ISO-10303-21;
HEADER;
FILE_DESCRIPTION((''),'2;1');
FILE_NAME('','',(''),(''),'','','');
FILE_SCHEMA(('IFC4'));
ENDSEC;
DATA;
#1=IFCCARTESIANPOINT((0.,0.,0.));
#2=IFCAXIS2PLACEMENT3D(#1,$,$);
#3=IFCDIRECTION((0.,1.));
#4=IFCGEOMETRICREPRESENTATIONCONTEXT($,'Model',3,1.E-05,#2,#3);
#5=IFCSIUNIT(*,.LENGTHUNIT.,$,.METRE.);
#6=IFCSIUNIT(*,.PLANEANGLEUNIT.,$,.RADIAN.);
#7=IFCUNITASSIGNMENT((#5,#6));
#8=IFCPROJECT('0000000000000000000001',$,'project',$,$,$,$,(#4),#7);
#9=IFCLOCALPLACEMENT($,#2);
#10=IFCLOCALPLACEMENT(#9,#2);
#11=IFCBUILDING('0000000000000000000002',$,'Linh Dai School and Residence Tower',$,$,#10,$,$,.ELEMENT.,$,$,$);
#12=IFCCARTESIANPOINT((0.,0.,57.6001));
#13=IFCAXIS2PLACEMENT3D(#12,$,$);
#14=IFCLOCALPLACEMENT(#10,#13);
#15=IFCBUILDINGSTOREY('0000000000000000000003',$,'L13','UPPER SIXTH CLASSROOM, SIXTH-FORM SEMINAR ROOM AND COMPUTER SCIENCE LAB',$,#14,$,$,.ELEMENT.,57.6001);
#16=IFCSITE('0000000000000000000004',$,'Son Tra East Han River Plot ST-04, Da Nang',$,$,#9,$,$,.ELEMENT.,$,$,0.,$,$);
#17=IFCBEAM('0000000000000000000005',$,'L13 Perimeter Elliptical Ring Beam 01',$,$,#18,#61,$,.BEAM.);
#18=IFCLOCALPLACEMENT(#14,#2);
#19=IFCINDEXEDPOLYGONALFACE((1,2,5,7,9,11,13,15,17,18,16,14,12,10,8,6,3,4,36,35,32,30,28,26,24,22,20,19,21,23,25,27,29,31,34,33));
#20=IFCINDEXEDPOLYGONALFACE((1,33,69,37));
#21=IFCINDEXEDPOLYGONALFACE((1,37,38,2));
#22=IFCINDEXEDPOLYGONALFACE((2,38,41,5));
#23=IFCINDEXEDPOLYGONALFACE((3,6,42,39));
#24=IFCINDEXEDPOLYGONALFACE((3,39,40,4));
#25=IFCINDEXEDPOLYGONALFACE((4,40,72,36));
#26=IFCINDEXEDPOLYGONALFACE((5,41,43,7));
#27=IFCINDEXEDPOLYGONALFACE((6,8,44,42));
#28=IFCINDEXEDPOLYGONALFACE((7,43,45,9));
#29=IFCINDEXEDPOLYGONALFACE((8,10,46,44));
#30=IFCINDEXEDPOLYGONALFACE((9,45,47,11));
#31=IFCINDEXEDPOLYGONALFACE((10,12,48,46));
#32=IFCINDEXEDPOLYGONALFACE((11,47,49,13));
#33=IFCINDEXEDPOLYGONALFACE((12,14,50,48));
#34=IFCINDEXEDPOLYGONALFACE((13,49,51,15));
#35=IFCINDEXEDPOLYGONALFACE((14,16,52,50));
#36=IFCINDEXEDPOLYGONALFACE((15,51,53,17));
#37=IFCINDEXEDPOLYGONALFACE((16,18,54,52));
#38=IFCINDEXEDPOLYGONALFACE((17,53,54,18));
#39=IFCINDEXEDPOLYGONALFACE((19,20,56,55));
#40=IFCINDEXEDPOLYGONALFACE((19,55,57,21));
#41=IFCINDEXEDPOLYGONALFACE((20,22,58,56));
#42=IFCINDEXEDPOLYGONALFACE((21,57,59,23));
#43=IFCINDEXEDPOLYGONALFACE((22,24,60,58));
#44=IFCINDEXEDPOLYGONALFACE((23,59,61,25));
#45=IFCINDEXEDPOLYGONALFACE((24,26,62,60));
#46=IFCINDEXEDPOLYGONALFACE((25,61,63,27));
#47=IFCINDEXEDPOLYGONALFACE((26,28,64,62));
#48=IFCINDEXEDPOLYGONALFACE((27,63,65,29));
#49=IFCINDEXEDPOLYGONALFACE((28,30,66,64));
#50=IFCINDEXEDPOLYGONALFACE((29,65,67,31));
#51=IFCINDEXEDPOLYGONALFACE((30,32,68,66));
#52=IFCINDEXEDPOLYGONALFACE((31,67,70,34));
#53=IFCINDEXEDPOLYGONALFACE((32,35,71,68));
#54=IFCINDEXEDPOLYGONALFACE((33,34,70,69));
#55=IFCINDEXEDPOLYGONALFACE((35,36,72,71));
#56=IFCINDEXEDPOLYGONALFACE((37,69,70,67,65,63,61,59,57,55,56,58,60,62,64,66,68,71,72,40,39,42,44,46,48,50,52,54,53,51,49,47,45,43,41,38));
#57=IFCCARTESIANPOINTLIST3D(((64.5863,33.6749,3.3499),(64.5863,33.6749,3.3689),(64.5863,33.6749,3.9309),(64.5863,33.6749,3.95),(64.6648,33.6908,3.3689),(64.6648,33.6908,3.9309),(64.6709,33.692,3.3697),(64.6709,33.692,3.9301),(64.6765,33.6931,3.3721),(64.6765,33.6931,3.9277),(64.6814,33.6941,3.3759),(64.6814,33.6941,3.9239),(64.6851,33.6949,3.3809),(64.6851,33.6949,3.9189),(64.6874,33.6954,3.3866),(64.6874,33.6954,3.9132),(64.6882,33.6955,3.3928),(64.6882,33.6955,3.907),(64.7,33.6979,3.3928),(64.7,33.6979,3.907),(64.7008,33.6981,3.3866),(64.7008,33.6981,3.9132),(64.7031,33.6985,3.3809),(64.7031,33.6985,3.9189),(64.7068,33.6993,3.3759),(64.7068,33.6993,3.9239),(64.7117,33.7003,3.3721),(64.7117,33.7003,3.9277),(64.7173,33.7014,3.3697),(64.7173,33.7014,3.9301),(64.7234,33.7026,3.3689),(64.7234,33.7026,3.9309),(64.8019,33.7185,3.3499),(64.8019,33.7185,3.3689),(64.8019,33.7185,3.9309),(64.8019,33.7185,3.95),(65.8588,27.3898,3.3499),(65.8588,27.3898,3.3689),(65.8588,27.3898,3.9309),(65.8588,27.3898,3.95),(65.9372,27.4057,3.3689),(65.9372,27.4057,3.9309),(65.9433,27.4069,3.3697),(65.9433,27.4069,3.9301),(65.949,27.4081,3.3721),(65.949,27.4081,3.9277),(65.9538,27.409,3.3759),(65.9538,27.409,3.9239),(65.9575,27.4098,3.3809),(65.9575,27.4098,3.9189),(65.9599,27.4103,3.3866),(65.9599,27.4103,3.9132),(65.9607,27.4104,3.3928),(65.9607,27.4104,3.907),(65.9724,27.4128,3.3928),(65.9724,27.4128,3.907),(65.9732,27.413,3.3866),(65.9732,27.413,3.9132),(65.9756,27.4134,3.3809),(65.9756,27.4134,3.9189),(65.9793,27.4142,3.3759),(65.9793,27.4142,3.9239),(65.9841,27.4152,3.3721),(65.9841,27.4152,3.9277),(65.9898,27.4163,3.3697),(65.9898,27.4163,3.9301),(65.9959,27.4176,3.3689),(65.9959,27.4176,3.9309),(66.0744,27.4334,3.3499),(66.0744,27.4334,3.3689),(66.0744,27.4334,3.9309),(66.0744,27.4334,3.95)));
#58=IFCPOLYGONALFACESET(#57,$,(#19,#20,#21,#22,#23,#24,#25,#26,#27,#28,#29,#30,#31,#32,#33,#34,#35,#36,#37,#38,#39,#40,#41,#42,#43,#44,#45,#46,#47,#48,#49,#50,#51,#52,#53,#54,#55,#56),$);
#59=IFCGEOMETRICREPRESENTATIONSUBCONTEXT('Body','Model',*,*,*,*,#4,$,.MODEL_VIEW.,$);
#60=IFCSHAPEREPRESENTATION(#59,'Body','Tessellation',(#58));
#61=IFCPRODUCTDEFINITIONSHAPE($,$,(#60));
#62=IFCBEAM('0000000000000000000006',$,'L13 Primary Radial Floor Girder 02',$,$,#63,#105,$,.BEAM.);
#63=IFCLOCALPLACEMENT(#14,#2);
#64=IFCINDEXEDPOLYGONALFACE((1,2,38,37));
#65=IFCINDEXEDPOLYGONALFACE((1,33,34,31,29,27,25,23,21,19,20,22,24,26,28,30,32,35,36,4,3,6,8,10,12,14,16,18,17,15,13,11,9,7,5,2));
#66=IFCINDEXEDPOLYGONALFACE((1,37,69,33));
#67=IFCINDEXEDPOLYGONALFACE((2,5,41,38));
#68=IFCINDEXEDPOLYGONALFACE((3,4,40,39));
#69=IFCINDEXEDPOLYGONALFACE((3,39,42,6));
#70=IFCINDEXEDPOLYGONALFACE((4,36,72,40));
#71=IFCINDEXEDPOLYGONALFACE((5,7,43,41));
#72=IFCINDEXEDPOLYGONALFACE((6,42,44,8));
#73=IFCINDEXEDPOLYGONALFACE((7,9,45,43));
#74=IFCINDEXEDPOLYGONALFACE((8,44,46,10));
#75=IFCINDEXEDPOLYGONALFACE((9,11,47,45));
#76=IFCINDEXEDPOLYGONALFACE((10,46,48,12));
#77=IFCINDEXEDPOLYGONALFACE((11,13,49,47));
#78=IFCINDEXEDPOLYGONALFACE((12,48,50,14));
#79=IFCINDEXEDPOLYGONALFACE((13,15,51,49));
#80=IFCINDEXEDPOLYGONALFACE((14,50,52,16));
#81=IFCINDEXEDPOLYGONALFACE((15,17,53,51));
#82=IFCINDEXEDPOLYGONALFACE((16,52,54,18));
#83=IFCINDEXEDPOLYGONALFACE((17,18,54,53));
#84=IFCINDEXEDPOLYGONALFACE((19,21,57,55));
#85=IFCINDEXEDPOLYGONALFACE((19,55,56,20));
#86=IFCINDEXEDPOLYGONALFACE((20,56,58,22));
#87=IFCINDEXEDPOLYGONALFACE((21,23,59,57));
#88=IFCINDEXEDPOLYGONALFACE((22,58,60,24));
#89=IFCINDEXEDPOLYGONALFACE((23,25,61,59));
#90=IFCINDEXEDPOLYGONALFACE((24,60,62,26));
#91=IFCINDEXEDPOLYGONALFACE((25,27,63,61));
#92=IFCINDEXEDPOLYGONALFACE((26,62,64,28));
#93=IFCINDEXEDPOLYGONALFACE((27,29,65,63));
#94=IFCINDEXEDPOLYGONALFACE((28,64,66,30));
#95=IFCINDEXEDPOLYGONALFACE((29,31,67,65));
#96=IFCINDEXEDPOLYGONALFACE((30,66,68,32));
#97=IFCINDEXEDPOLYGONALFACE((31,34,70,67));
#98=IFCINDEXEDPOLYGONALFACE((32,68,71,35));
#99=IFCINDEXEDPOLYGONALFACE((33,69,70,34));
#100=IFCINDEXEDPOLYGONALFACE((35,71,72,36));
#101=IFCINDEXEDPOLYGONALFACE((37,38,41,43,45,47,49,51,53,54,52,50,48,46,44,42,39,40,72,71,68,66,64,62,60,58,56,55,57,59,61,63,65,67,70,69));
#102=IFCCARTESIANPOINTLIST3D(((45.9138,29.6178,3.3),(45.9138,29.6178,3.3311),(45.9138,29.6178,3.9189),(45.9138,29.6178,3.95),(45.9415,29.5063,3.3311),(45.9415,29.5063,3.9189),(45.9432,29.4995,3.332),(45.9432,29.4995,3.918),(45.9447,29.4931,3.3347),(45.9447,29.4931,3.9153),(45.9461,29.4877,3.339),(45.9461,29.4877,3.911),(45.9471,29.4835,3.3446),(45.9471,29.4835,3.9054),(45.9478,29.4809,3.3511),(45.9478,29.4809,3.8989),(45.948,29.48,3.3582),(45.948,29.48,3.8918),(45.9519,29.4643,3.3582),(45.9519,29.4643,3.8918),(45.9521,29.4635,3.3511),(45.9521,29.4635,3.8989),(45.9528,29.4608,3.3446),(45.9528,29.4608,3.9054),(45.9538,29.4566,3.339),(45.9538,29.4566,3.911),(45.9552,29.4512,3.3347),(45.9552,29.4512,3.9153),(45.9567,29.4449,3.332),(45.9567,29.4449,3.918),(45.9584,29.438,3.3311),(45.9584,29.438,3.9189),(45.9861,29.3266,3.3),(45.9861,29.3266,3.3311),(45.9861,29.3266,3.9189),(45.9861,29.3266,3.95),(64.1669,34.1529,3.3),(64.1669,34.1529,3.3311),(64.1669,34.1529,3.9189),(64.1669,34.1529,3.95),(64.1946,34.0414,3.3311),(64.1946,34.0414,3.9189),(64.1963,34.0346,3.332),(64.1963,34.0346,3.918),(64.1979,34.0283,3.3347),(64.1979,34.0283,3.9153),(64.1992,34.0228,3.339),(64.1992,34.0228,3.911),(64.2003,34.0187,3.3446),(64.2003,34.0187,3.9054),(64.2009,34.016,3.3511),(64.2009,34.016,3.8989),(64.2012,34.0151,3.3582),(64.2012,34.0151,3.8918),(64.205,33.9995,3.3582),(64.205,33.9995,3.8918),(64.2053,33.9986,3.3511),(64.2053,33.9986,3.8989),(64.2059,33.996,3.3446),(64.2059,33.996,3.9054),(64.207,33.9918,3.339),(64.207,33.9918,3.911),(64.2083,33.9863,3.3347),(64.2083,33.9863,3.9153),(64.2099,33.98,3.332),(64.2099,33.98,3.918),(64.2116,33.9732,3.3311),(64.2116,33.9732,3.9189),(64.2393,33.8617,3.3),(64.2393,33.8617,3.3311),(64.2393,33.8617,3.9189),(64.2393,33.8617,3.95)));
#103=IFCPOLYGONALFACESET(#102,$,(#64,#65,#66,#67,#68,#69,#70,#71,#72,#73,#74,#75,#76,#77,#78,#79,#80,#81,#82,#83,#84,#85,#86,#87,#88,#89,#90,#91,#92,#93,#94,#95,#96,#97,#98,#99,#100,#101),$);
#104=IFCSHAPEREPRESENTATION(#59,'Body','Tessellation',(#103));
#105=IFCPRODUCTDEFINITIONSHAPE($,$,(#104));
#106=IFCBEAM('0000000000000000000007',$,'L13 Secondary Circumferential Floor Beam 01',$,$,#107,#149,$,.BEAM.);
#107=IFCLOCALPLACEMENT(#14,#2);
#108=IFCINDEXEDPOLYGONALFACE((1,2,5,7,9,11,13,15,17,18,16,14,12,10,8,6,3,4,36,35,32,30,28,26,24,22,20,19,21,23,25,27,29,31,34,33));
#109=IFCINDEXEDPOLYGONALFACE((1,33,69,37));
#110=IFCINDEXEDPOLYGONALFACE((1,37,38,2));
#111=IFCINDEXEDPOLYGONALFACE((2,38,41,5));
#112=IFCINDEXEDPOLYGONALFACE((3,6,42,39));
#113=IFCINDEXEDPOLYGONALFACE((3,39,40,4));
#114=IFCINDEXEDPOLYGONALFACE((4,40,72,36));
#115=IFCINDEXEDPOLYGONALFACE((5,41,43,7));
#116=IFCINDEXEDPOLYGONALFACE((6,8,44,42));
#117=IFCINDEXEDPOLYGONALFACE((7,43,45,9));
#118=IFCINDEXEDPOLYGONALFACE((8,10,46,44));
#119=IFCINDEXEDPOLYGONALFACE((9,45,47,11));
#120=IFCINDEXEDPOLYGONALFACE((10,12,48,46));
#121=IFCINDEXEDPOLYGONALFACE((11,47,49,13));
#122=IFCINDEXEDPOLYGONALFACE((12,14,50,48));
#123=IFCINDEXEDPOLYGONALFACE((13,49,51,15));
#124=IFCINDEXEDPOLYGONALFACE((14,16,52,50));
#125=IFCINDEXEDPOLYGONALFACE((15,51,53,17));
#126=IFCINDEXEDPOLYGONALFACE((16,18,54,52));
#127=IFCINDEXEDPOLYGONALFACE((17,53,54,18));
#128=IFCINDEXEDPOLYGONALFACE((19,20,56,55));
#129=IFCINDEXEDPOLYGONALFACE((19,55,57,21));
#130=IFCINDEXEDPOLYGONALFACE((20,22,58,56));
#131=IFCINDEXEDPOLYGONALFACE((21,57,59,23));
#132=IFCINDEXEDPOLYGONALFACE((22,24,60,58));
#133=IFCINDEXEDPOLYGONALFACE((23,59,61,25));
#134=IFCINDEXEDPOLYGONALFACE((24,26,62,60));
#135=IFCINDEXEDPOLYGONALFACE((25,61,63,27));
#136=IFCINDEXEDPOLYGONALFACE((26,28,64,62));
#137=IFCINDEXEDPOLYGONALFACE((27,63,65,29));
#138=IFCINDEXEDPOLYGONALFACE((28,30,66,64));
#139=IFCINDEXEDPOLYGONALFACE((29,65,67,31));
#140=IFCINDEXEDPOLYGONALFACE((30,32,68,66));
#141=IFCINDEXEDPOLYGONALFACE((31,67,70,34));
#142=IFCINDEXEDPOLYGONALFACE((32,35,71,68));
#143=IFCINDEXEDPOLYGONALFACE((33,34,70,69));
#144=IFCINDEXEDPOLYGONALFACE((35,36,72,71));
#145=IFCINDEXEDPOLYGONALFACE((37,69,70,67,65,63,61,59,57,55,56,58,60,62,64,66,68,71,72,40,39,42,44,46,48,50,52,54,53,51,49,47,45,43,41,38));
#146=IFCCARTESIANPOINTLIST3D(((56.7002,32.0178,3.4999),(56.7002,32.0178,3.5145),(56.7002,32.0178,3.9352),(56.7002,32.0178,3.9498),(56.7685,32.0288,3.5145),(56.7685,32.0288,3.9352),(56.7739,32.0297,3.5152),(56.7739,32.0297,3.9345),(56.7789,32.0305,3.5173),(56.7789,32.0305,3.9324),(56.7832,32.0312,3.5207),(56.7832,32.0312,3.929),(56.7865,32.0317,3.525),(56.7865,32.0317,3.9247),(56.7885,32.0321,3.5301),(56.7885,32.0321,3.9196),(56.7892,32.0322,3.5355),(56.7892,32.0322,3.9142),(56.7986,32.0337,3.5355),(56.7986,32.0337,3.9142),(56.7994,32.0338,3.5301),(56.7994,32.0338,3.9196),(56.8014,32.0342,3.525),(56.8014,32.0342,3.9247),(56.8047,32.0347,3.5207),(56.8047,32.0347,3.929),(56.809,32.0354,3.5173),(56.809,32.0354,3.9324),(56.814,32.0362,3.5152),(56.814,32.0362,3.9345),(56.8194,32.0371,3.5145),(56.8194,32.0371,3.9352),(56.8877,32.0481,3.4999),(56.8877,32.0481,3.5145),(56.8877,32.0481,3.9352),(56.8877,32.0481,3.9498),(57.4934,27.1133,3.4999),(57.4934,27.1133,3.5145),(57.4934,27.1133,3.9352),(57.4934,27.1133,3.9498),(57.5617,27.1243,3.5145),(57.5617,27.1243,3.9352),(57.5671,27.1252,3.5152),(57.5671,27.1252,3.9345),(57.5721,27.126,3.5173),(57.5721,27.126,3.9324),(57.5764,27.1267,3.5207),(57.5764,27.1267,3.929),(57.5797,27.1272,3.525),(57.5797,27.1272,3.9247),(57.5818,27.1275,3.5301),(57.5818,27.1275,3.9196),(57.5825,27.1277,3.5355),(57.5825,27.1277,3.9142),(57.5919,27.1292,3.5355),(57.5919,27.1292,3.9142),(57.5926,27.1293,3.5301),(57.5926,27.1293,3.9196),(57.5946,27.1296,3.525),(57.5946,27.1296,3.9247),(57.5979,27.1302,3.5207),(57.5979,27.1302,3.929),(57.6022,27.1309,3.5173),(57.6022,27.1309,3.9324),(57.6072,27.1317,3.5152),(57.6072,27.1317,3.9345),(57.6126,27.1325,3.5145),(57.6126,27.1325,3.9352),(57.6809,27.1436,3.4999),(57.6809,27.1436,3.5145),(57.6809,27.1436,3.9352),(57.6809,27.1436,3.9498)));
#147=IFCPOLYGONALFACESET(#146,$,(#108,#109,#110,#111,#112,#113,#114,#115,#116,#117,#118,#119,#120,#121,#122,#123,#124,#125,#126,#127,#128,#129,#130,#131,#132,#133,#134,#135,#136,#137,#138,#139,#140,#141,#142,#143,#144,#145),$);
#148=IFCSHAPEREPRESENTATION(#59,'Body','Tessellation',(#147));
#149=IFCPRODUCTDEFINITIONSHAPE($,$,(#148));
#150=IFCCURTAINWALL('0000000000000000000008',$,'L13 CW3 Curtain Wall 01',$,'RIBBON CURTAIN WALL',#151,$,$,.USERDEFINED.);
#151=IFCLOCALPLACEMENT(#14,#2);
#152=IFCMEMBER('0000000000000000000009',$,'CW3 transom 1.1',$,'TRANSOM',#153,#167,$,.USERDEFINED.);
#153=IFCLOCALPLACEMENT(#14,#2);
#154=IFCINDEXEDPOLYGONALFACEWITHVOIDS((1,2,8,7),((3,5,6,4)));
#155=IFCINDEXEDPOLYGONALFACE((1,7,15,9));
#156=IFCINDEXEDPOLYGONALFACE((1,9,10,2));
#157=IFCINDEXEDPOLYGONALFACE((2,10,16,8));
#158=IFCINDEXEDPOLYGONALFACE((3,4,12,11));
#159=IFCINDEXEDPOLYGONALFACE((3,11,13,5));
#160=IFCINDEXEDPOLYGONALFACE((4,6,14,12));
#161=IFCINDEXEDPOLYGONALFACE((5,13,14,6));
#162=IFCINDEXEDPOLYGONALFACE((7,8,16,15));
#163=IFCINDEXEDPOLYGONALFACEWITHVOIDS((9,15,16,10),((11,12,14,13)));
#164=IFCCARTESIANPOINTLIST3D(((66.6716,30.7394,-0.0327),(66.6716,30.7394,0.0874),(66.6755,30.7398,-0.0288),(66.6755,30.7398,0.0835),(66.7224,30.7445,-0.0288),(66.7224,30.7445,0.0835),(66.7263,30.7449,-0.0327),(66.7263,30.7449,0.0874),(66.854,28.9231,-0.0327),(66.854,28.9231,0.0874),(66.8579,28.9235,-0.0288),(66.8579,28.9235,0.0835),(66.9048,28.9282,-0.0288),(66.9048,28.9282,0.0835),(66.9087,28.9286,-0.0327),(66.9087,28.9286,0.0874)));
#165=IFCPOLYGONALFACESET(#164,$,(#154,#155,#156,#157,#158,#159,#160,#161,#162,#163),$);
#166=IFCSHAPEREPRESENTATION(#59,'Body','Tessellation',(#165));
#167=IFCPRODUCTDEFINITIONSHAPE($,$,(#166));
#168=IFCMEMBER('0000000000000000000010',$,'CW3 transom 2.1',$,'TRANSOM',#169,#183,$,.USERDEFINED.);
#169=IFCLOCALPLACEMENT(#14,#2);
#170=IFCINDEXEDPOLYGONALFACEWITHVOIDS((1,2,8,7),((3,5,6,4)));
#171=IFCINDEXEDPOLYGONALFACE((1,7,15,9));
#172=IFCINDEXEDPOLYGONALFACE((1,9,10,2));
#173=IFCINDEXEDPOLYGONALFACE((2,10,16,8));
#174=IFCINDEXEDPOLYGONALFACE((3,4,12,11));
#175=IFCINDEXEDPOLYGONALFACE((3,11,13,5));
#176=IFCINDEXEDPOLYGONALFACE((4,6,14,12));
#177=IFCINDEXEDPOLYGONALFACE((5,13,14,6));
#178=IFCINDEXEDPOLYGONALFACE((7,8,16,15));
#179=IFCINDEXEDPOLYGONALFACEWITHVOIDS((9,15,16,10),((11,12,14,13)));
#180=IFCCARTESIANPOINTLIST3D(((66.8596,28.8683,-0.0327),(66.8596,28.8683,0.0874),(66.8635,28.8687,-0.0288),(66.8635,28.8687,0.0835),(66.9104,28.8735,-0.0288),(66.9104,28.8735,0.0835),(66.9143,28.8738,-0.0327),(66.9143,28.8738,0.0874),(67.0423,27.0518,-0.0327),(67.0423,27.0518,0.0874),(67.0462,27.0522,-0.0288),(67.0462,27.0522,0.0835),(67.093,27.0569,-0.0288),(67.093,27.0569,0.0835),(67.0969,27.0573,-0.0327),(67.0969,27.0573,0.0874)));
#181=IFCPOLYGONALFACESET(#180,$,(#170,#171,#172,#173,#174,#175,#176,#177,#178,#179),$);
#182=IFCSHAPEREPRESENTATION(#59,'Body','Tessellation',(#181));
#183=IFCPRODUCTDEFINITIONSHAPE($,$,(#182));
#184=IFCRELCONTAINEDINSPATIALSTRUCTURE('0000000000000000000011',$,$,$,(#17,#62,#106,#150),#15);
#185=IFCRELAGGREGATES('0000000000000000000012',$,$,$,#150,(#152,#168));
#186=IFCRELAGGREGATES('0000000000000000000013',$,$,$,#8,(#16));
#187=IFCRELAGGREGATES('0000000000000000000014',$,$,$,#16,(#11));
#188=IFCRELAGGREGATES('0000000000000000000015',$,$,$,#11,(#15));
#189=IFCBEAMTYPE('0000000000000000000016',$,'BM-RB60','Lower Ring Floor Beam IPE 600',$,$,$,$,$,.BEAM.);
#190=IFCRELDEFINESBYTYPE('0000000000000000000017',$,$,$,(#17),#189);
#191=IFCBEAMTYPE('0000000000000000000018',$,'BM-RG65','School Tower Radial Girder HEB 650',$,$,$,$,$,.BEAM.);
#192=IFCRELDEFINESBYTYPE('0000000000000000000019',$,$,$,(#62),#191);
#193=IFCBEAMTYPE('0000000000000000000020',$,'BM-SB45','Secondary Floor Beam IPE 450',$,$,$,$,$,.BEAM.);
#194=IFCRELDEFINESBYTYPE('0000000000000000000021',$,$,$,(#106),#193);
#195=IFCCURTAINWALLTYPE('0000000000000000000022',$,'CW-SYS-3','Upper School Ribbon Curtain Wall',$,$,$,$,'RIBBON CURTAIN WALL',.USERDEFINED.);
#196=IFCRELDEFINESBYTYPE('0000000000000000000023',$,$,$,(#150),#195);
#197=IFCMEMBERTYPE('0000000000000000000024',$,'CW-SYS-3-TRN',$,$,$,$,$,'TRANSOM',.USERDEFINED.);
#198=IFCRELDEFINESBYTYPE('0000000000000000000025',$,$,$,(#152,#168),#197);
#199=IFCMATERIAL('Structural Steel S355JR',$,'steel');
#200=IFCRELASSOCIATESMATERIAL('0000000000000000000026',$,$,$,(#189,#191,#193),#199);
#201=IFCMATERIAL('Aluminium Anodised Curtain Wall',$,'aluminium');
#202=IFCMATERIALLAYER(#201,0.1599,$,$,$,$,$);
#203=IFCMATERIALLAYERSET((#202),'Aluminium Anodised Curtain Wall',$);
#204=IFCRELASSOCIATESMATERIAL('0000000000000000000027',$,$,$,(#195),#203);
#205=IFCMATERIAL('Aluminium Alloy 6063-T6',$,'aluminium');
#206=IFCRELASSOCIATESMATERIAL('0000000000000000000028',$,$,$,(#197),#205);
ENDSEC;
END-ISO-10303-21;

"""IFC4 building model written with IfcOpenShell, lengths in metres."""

from ifc_helpers import new_model, si_unit, direction, frame, origin, origin_2d, place, context, subcontext, project, spatial, hollow_rectangle, i_section, extrude, source, transform, mapped, material, layer, layer_set, material_profile, profile_set, type_object, element, aggregate, save


model = new_model("IFC4")

# Units and contexts
model_context = context("Model", 3, precision=1e-05, world=origin(), true_north=direction((0.0, 1.0)))
body_context = subcontext(model_context, "Body", "Model", "MODEL_VIEW")
ifc_project = project(units=[si_unit("LENGTHUNIT", "METRE"), si_unit("PLANEANGLEUNIT", "RADIAN")], contexts=[model_context])

# Site, building, storey
site_placement = place(None, origin())
site = spatial("IfcSite", under=ifc_project, at=site_placement, Name="Son Tra East Han River Plot ST-04, Da Nang", CompositionType="ELEMENT", RefElevation=0.0)
building_placement = place(site_placement, origin())
building = spatial("IfcBuilding", under=site, at=building_placement, Name="Linh Dai School and Residence Tower", CompositionType="ELEMENT")
storey_placement = place(building_placement, frame((0.0, 0.0, 57.6001)))
storey = spatial("IfcBuildingStorey", under=building, at=storey_placement, Name="L13", Description="UPPER SIXTH CLASSROOM, SIXTH-FORM SEMINAR ROOM AND COMPUTER SCIENCE LAB", CompositionType="ELEMENT", Elevation=57.6001)

# Shared definitions
ifc_material_1 = material(Name="Structural Steel S355JR", Category="steel")

# Beams
ifc_material_profile_1 = material_profile(ifc_material_1, i_section(OverallWidth=0.22, OverallDepth=0.6001, WebThickness=0.012, FlangeThickness=0.019, FilletRadius=0.0239, at=origin_2d()), Name="IPE 600")
ifc_profile_set_1 = profile_set([ifc_material_profile_1], Name="Structural Steel S355JR")
beam_type_1 = type_object("IfcBeamType", Name="BM-RB60", Description="Lower Ring Floor Beam IPE 600", PredefinedType="BEAM", material=ifc_profile_set_1)
beam_1_placement = place(storey_placement, frame((65.9666, 27.4116, 3.6499), z_axis=(-0.198429, 0.980115, 0.0), x_axis=(-0.980115, -0.198429, 0.0)))
element("IfcBeam", 1, at=beam_1_placement, inside=storey, type_object=beam_type_1, Name="L13 Perimeter Elliptical Ring Beam 01", PredefinedType="BEAM", context=body_context, shape_type="SweptSolid", body=[
    extrude(i_section(OverallWidth=0.22, OverallDepth=0.6001, WebThickness=0.012, FlangeThickness=0.019, FilletRadius=0.0239, at=origin_2d()), origin(), (0.0, 0.0, 1.0), 6.4126),
])
ifc_material_profile_2 = material_profile(ifc_material_1, i_section(OverallWidth=0.3, OverallDepth=0.6499, WebThickness=0.0161, FlangeThickness=0.031, FilletRadius=0.0271, at=origin_2d()), Name="HEB 650")
ifc_profile_set_2 = profile_set([ifc_material_profile_2], Name="Structural Steel S355JR")
beam_type_2 = type_object("IfcBeamType", Name="BM-RG65", Description="School Tower Radial Girder HEB 650", PredefinedType="BEAM", material=ifc_profile_set_2)
beam_2_placement = place(storey_placement, frame((45.95, 29.4722, 3.625), z_axis=(0.970493, 0.241127, 0.0), x_axis=(-0.241127, 0.970493, 0.0)))
element("IfcBeam", 2, at=beam_2_placement, inside=storey, type_object=beam_type_2, Name="L13 Primary Radial Floor Girder 02", PredefinedType="BEAM", context=body_context, shape_type="SweptSolid", body=[
    extrude(i_section(OverallWidth=0.3, OverallDepth=0.6499, WebThickness=0.0161, FlangeThickness=0.031, FilletRadius=0.0271, at=origin_2d()), origin(), (0.0, 0.0, 1.0), 18.8081),
])
ifc_material_profile_3 = material_profile(ifc_material_1, i_section(OverallWidth=0.1899, OverallDepth=0.45, WebThickness=0.0095, FlangeThickness=0.0146, FilletRadius=0.021, at=origin_2d()), Name="IPE 450")
ifc_profile_set_3 = profile_set([ifc_material_profile_3], Name="Structural Steel S355JR")
beam_type_3 = type_object("IfcBeamType", Name="BM-SB45", Description="Secondary Floor Beam IPE 450", PredefinedType="BEAM", material=ifc_profile_set_3)
beam_3_placement = place(storey_placement, frame((57.5872, 27.1284, 3.7249), z_axis=(-0.159656, 0.987173, 0.0), x_axis=(-0.987173, -0.159656, 0.0)))
element("IfcBeam", 3, at=beam_3_placement, inside=storey, type_object=beam_type_3, Name="L13 Secondary Circumferential Floor Beam 01", PredefinedType="BEAM", context=body_context, shape_type="SweptSolid", body=[
    extrude(i_section(OverallWidth=0.1899, OverallDepth=0.45, WebThickness=0.0095, FlangeThickness=0.0146, FilletRadius=0.021, at=origin_2d()), origin(), (0.0, 0.0, 1.0), 4.9683),
])

# Curtain wall, members
ifc_material_2 = material(Name="Aluminium Anodised Curtain Wall", Category="aluminium")
ifc_layer_1 = layer(ifc_material_2, 0.1599)
ifc_layer_set_1 = layer_set([ifc_layer_1], Name="Aluminium Anodised Curtain Wall")
curtain_wall_type = type_object("IfcCurtainWallType", Name="CW-SYS-3", Description="Upper School Ribbon Curtain Wall", ElementType="RIBBON CURTAIN WALL", PredefinedType="USERDEFINED", material=ifc_layer_set_1)
curtain_wall_placement = place(storey_placement, origin())
curtain_wall = element("IfcCurtainWall", 4, at=curtain_wall_placement, inside=storey, type_object=curtain_wall_type, Name="L13 CW3 Curtain Wall 01", ObjectType="RIBBON CURTAIN WALL", PredefinedType="USERDEFINED")
ifc_material_3 = material(Name="Aluminium Alloy 6063-T6", Category="aluminium")
ifc_material_profile_4 = material_profile(ifc_material_3, hollow_rectangle(XDim=0.0549, YDim=0.1201, WallThickness=0.0039, at=origin_2d()), Name="RHS 120x55x4")
ifc_profile_set_4 = profile_set([ifc_material_profile_4], Name="Aluminium Alloy 6063-T6")
member_type_1 = type_object("IfcMemberType", Name="CW-SYS-3-TRN", ElementType="TRANSOM", PredefinedType="USERDEFINED", material=ifc_profile_set_4)
shared_shape_1 = source(origin(), body_context, "Body", "SweptSolid", [
    extrude(hollow_rectangle(XDim=0.0549, YDim=0.1201, WallThickness=0.0039, at=origin_2d()), origin(), (0.0, 0.0, 1.0), 1.8254),
])
member_1_placement = place(storey_placement, frame((66.699, 30.7422, 0.0273), z_axis=(0.099901, -0.994997, 0.0), x_axis=(0.994997, 0.099901, 0.0)))
member_1 = element("IfcMember", 5, at=member_1_placement, type_object=member_type_1, Name="CW3 transom 1.1", ObjectType="TRANSOM", PredefinedType="USERDEFINED", context=body_context, shape_type="MappedRepresentation", body=[
    mapped(shared_shape_1, transform((0.0, 0.0, 0.0), x_axis=(1.0, 0.0, 0.0), y_axis=(0.0, 1.0, 0.0), z_axis=(0.0, 0.0, 1.0), scale=1.0)),
])
shared_shape_2 = source(origin(), body_context, "Body", "SweptSolid", [
    extrude(hollow_rectangle(XDim=0.0549, YDim=0.1201, WallThickness=0.0039, at=origin_2d()), origin(), (0.0, 0.0, 1.0), 1.8257),
])
member_2_placement = place(storey_placement, frame((66.887, 28.8711, 0.0273), z_axis=(0.100033, -0.994984, 0.0), x_axis=(0.994984, 0.100033, 0.0)))
member_2 = element("IfcMember", 6, at=member_2_placement, type_object=member_type_1, Name="CW3 transom 2.1", ObjectType="TRANSOM", PredefinedType="USERDEFINED", context=body_context, shape_type="MappedRepresentation", body=[
    mapped(shared_shape_2, transform((0.0, 0.0, 0.0), x_axis=(1.0, 0.0, 0.0), y_axis=(0.0, 1.0, 0.0), z_axis=(0.0, 0.0, 1.0), scale=1.0)),
])
aggregate(curtain_wall, [member_1, member_2])

save(model, "model.ifc")
